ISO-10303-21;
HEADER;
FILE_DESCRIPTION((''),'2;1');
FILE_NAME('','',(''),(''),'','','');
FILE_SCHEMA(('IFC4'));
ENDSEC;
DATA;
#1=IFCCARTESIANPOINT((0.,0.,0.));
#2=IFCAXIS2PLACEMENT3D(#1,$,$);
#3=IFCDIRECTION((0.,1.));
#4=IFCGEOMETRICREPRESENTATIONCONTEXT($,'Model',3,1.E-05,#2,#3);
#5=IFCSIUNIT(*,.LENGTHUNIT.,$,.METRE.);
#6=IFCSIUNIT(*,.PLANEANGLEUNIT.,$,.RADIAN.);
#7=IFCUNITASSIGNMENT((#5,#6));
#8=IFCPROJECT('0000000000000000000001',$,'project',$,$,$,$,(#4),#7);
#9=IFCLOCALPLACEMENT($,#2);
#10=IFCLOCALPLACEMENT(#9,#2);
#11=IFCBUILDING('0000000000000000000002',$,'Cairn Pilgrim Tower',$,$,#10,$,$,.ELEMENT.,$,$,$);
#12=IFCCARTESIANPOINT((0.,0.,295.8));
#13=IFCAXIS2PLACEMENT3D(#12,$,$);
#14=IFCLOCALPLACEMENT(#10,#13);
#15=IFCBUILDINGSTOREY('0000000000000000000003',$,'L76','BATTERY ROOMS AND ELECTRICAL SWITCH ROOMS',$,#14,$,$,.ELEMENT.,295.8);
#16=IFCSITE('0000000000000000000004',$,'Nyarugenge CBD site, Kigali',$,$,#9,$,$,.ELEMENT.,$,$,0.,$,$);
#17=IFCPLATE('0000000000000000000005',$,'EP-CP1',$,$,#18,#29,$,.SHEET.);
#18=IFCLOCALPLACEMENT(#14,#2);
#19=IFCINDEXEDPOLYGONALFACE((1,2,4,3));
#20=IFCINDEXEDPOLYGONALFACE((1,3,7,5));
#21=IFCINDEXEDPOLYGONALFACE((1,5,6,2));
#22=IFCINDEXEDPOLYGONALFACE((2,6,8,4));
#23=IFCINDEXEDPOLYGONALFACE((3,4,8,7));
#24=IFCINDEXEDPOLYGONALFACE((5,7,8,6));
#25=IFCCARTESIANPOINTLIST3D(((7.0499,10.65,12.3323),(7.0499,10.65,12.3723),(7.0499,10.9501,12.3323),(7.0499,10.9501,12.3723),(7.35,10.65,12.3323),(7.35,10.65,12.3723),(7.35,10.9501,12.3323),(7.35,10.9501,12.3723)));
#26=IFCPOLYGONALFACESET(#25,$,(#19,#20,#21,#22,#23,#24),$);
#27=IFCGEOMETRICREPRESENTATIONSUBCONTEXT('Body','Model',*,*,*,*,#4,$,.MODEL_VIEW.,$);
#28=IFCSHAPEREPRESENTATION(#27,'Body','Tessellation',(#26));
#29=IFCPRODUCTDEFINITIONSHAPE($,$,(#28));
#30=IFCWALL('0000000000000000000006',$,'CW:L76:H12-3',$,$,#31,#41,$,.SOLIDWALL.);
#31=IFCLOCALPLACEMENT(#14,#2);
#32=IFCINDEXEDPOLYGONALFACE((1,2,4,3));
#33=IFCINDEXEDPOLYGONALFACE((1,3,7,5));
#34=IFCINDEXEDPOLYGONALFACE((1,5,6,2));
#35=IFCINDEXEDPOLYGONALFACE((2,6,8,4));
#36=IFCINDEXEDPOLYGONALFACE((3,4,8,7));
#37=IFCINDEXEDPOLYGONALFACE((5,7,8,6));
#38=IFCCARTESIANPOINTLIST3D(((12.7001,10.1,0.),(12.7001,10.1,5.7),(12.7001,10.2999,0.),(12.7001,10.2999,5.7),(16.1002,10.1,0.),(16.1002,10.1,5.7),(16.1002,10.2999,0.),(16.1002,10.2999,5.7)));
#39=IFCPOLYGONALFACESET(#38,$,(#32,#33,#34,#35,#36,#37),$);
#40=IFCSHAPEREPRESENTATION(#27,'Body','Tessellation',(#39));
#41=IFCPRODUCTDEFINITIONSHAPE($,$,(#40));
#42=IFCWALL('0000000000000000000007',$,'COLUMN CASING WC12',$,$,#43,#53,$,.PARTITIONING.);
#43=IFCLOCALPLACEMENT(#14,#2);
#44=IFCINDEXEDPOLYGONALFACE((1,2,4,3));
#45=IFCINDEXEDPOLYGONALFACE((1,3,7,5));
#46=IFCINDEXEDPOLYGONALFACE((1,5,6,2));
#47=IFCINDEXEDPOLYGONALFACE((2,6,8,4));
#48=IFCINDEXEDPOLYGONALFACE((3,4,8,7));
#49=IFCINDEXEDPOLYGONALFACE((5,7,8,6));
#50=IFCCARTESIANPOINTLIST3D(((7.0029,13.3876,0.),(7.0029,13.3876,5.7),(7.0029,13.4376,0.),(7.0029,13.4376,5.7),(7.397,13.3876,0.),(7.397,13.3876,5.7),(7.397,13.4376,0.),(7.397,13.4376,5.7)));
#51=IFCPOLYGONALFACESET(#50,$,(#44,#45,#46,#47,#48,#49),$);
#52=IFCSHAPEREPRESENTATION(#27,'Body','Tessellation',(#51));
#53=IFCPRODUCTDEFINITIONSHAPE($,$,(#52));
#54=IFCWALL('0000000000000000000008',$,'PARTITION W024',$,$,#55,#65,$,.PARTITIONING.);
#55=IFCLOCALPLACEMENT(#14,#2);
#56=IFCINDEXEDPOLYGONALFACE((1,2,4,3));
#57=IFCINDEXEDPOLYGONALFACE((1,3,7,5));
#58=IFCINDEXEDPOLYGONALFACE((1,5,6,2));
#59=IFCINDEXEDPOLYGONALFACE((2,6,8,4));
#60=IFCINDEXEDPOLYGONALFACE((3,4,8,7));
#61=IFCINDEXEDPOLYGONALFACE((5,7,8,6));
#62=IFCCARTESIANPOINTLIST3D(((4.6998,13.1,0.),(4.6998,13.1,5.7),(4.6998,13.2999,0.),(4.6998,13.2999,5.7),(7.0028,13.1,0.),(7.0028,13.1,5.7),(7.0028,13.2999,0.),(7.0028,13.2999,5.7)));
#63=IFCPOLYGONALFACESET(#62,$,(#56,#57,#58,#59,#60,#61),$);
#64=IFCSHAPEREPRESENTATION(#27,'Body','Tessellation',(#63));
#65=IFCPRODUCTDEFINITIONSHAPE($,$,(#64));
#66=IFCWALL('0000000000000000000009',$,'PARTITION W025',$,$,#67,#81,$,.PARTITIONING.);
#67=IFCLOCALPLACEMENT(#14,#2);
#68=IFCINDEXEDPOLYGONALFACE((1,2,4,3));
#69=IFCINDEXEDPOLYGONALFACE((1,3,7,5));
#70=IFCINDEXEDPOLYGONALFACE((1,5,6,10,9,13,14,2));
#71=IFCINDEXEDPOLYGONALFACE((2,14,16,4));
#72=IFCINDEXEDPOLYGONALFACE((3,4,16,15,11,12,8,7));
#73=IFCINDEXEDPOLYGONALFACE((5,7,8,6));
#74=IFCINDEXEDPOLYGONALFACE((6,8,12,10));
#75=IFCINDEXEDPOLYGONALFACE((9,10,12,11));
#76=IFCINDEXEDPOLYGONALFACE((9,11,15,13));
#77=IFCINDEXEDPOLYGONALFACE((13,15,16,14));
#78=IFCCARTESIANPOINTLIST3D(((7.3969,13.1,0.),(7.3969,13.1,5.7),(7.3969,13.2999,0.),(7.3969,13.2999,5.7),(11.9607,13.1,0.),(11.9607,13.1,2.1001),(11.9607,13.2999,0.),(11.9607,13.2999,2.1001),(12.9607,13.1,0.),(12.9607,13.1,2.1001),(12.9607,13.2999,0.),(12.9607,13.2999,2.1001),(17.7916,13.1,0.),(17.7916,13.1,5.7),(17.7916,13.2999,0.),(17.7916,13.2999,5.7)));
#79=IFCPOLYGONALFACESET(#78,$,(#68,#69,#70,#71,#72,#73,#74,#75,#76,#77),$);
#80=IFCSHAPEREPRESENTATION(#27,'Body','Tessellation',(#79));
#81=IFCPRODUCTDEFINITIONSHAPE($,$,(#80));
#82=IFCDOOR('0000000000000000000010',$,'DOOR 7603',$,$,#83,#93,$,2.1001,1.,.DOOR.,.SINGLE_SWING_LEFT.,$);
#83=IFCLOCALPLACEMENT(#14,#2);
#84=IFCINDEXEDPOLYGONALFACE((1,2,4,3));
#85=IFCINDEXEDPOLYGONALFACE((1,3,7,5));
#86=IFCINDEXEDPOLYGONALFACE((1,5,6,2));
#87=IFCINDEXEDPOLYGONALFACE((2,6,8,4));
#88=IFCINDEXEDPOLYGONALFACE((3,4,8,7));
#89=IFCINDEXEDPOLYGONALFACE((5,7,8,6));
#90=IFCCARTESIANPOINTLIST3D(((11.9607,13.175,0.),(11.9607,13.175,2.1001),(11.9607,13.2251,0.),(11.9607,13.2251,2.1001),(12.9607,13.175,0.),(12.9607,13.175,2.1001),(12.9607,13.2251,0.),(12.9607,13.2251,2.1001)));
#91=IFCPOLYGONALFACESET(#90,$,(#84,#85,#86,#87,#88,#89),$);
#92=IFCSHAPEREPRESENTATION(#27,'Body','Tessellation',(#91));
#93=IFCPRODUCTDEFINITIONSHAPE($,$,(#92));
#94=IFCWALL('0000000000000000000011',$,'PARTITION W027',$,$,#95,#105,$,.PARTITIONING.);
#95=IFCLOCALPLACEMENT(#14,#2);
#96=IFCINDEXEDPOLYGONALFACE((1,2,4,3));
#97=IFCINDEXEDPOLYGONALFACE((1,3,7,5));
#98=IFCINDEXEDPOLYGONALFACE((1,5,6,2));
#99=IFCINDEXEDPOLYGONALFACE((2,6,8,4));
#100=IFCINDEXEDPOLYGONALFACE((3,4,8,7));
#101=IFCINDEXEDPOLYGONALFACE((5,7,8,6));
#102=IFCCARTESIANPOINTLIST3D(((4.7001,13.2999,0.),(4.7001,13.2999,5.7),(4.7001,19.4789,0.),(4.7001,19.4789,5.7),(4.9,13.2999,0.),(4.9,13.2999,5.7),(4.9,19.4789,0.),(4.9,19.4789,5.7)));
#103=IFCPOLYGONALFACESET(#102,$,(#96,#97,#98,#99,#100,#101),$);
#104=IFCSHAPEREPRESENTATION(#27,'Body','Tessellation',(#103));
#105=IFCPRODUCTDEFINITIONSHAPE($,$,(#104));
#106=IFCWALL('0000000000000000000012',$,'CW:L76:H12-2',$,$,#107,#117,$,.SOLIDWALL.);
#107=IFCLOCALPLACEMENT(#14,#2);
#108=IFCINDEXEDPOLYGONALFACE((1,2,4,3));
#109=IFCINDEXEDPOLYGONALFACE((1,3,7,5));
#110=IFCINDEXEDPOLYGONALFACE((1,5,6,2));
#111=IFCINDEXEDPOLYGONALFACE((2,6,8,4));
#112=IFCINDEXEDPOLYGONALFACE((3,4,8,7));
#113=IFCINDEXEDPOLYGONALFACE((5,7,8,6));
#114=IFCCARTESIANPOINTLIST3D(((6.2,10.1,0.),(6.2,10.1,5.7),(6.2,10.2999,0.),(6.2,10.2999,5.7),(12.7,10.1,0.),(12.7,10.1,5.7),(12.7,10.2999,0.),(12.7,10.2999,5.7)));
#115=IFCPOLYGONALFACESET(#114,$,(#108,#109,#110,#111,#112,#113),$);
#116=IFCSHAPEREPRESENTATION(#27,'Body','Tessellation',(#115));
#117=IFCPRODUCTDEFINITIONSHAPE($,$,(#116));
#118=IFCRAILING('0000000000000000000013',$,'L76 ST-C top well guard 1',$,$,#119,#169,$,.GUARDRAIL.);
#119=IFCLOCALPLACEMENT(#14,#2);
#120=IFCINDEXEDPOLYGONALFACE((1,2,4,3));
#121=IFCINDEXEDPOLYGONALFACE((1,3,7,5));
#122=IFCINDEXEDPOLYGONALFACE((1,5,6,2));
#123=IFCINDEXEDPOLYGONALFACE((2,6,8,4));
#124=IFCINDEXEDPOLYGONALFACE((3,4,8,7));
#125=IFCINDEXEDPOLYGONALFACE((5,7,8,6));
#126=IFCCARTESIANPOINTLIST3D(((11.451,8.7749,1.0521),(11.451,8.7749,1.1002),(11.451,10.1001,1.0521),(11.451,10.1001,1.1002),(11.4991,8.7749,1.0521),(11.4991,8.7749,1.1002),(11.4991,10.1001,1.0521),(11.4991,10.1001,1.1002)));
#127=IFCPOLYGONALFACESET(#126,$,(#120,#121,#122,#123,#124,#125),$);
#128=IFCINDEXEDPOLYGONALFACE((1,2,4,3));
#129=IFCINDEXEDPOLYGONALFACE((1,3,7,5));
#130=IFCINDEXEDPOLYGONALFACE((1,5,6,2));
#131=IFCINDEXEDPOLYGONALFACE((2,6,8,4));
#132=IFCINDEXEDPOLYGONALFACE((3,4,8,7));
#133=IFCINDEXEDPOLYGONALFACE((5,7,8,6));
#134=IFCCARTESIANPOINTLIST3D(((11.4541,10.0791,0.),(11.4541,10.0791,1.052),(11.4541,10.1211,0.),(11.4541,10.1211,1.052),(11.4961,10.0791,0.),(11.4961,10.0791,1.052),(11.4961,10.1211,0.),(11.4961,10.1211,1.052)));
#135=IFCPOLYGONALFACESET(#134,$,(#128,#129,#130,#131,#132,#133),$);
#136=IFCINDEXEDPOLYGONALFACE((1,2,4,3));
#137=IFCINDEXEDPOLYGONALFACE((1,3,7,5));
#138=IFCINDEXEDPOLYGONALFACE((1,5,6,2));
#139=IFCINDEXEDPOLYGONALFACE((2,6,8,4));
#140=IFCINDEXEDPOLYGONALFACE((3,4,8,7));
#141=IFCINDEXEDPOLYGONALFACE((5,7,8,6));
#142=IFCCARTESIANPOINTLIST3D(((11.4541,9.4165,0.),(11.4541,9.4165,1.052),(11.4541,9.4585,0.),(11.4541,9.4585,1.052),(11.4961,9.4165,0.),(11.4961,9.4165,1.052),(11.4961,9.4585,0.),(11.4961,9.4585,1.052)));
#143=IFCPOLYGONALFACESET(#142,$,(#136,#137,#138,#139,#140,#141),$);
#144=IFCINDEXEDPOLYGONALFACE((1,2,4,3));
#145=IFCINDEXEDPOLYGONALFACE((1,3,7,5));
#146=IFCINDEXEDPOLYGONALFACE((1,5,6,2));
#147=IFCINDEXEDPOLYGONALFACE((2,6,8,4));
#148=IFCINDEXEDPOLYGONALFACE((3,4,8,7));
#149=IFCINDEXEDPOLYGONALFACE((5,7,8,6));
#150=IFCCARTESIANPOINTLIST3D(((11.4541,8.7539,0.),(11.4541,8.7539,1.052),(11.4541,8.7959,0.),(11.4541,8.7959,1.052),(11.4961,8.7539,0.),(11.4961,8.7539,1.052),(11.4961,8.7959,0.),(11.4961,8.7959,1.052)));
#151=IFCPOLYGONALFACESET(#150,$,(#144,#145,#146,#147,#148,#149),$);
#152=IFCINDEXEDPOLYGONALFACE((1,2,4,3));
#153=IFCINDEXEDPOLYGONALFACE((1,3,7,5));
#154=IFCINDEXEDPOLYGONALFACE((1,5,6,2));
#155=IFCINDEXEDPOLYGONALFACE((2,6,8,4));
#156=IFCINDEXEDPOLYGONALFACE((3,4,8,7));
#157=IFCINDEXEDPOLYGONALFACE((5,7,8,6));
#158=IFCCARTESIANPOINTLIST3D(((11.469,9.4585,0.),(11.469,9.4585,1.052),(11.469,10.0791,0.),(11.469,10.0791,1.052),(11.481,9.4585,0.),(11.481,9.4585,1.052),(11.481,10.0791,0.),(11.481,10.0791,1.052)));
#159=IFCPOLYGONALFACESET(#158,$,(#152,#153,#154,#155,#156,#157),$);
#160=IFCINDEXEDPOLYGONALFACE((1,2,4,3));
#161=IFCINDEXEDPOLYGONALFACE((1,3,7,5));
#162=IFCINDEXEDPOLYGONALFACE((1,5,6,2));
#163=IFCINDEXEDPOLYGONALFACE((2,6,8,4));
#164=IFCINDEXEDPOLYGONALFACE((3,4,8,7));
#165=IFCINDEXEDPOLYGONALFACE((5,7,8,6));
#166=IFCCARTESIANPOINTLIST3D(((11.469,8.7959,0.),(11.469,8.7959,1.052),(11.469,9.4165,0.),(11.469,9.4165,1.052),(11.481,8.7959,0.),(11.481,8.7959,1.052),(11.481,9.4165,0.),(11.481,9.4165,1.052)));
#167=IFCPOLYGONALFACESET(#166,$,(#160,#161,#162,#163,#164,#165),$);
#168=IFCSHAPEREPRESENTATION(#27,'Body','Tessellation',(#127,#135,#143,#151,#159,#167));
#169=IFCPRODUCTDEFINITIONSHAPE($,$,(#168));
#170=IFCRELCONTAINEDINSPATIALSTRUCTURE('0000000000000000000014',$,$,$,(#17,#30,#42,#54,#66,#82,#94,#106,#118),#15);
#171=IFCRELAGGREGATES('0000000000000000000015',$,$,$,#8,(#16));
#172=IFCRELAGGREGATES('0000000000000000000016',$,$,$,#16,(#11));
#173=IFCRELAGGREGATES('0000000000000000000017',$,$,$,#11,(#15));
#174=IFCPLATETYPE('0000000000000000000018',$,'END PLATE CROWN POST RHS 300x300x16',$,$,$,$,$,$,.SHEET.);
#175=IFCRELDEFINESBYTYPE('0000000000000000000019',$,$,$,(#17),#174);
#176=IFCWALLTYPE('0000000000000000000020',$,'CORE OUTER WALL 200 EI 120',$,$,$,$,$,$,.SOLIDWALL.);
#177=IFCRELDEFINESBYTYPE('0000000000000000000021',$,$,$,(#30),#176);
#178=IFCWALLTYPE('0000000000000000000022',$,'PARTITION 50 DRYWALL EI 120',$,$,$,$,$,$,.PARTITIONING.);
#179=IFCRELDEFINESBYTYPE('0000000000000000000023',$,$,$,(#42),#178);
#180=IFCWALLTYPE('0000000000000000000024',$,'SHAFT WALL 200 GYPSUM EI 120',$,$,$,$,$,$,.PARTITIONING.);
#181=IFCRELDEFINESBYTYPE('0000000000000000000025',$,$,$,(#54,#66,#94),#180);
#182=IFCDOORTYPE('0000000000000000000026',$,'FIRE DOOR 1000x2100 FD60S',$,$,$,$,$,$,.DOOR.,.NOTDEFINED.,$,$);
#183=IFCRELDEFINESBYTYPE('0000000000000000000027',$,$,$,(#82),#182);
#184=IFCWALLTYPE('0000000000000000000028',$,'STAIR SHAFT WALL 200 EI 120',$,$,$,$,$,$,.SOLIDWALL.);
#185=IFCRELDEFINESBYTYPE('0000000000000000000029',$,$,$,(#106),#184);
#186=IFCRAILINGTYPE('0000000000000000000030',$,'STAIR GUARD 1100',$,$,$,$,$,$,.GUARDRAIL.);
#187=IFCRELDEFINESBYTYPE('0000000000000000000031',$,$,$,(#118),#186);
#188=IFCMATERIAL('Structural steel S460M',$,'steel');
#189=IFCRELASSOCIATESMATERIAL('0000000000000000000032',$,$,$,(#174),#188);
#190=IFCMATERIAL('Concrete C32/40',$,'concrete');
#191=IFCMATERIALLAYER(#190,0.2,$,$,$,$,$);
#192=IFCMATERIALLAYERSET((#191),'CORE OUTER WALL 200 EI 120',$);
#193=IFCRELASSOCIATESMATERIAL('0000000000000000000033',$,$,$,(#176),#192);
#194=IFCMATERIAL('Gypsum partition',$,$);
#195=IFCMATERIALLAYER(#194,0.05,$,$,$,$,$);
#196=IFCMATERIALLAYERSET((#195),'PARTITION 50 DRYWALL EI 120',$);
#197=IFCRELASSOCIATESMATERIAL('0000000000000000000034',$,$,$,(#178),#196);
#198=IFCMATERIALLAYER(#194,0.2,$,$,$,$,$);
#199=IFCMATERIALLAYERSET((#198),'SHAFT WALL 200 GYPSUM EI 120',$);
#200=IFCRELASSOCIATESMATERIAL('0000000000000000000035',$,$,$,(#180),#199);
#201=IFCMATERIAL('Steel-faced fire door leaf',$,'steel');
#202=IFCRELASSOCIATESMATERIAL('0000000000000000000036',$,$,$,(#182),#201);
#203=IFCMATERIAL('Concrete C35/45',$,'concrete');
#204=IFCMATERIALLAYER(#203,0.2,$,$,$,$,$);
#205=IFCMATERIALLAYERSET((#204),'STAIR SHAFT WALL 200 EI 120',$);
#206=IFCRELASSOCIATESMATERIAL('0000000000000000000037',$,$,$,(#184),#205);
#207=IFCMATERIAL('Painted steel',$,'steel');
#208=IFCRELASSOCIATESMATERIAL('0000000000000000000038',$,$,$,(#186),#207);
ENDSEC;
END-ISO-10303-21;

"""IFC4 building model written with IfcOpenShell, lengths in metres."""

from ifc_helpers import new_model, si_unit, direction, frame, frame_2d, origin, origin_2d, place, context, subcontext, project, spatial, polyline, rectangle, outline, extrude, material, layer, layer_set, material_profile, profile_set, type_object, element, fill, save


model = new_model("IFC4")

# Units and contexts
model_context = context("Model", 3, precision=1e-05, world=origin(), true_north=direction((0.0, 1.0)))
body_context = subcontext(model_context, "Body", "Model", "MODEL_VIEW")
ifc_project = project(units=[si_unit("LENGTHUNIT", "METRE"), si_unit("PLANEANGLEUNIT", "RADIAN")], contexts=[model_context])

# Site, building, storey
site_placement = place(None, origin())
site = spatial("IfcSite", under=ifc_project, at=site_placement, Name="Nyarugenge CBD site, Kigali", CompositionType="ELEMENT", RefElevation=0.0)
building_placement = place(site_placement, origin())
building = spatial("IfcBuilding", under=site, at=building_placement, Name="Cairn Pilgrim Tower", CompositionType="ELEMENT")
storey_placement = place(building_placement, frame((0.0, 0.0, 295.8)))
storey = spatial("IfcBuildingStorey", under=building, at=storey_placement, Name="L76", Description="BATTERY ROOMS AND ELECTRICAL SWITCH ROOMS", CompositionType="ELEMENT", Elevation=295.8)

# Shared definitions
ifc_material_1 = material(Name="Structural steel S460M", Category="steel")

# Plate
ifc_material_profile_1 = material_profile(ifc_material_1, rectangle(XDim=0.3, YDim=0.3, at=origin_2d()), Name="END PLATE CROWN POST RHS 300x300x16")
ifc_profile_set_1 = profile_set([ifc_material_profile_1], Name="Structural steel S460M")
plate_type = type_object("IfcPlateType", Name="END PLATE CROWN POST RHS 300x300x16", PredefinedType="SHEET", material=ifc_profile_set_1)
plate_placement = place(storey_placement, frame((7.2, 10.8, 12.3323), z_axis=(0.0, 0.0, 1.0), x_axis=(1.0, 0.0, 0.0)))
element("IfcPlate", 1, at=plate_placement, inside=storey, type_object=plate_type, Name="EP-CP1", PredefinedType="SHEET", context=body_context, shape_type="SweptSolid", body=[
    extrude(rectangle(XDim=0.3, YDim=0.3, at=origin_2d()), origin(), (0.0, 0.0, 1.0), 0.04),
])

# Walls
ifc_material_2 = material(Name="Concrete C32/40", Category="concrete")
ifc_layer_1 = layer(ifc_material_2, 0.2)
ifc_layer_set_1 = layer_set([ifc_layer_1], Name="CORE OUTER WALL 200 EI 120")
wall_type_1 = type_object("IfcWallType", Name="CORE OUTER WALL 200 EI 120", PredefinedType="SOLIDWALL", material=ifc_layer_set_1)
wall_1_placement = place(storey_placement, frame((12.7, 10.2, 0.0), z_axis=(0.0, 0.0, 1.0), x_axis=(1.0, 0.0, 0.0)))
element("IfcWall", 2, at=wall_1_placement, inside=storey, type_object=wall_type_1, Name="CW:L76:H12-3", PredefinedType="SOLIDWALL", context=body_context, shape_type="SweptSolid", body=[
    extrude(rectangle(XDim=3.4001, YDim=0.2, at=frame_2d((1.7002, 0.0))), origin(), (0.0, 0.0, 1.0), 5.7),
])
ifc_material_3 = material(Name="Gypsum partition")
ifc_layer_2 = layer(ifc_material_3, 0.05)
ifc_layer_set_2 = layer_set([ifc_layer_2], Name="PARTITION 50 DRYWALL EI 120")
wall_type_2 = type_object("IfcWallType", Name="PARTITION 50 DRYWALL EI 120", PredefinedType="PARTITIONING", material=ifc_layer_set_2)
wall_2_placement = place(storey_placement, frame((7.0029, 13.4126, 0.0), z_axis=(0.0, 0.0, 1.0), x_axis=(1.0, 0.0, 0.0)))
element("IfcWall", 3, at=wall_2_placement, inside=storey, type_object=wall_type_2, Name="COLUMN CASING WC12", PredefinedType="PARTITIONING", context=body_context, shape_type="SweptSolid", body=[
    extrude(rectangle(XDim=0.394, YDim=0.05, at=frame_2d((0.197, 0.0))), origin(), (0.0, 0.0, 1.0), 5.7),
])
ifc_layer_3 = layer(ifc_material_3, 0.2)
ifc_layer_set_3 = layer_set([ifc_layer_3], Name="SHAFT WALL 200 GYPSUM EI 120")
wall_type_3 = type_object("IfcWallType", Name="SHAFT WALL 200 GYPSUM EI 120", PredefinedType="PARTITIONING", material=ifc_layer_set_3)
wall_3_placement = place(storey_placement, frame((4.7, 13.2, 0.0), z_axis=(0.0, 0.0, 1.0), x_axis=(1.0, 0.0, 0.0)))
element("IfcWall", 4, at=wall_3_placement, inside=storey, type_object=wall_type_3, Name="PARTITION W024", PredefinedType="PARTITIONING", context=body_context, shape_type="SweptSolid", body=[
    extrude(rectangle(XDim=2.303, YDim=0.2, at=frame_2d((1.1514, 0.0))), origin(), (0.0, 0.0, 1.0), 5.7),
])

# Wall, opening, door
wall_4_placement = place(storey_placement, frame((7.397, 13.2, 0.0), z_axis=(0.0, 0.0, 1.0), x_axis=(1.0, 0.0, 0.0)))
wall_4 = element("IfcWall", 5, at=wall_4_placement, inside=storey, type_object=wall_type_3, Name="PARTITION W025", PredefinedType="PARTITIONING", context=body_context, shape_type="SweptSolid", body=[
    extrude(rectangle(XDim=10.3948, YDim=0.2, at=frame_2d((5.1973, 0.0))), origin(), (0.0, 0.0, 1.0), 5.7),
])
opening_placement = place(wall_4_placement, frame((4.5637, 0.0, 0.0)))
opening = element("IfcOpeningElement", 6, at=opening_placement, cuts=wall_4, PredefinedType="OPENING", context=body_context, shape_type="SweptSolid", body=[
    extrude(rectangle(XDim=1.0, YDim=2.1001, at=frame_2d((0.5, 1.05))), frame((0.0, 0.1099, 0.0), z_axis=(0.0, -1.0, 0.0), x_axis=(1.0, 0.0, 0.0)), (0.0, 0.0, 1.0), 0.22),
])
ifc_material_4 = material(Name="Steel-faced fire door leaf", Category="steel")
door_type = type_object("IfcDoorType", Name="FIRE DOOR 1000x2100 FD60S", OperationType="NOTDEFINED", PredefinedType="DOOR", material=ifc_material_4)
door_placement = place(opening_placement, frame((1.0, 0.0, 0.0), z_axis=(0.0, 0.0, 1.0), x_axis=(-1.0, 0.0, 0.0)))
door = element("IfcDoor", 7, at=door_placement, inside=storey, type_object=door_type, Name="DOOR 7603", OperationType="SINGLE_SWING_LEFT", OverallHeight=2.1001, OverallWidth=1.0, PredefinedType="DOOR", context=body_context, shape_type="SweptSolid", body=[
    extrude(rectangle(XDim=1.0, YDim=2.1001, at=frame_2d((0.5, 1.05))), frame((0.0, 0.0249, 0.0), z_axis=(0.0, -1.0, 0.0), x_axis=(1.0, 0.0, 0.0)), (0.0, 0.0, 1.0), 0.05),
])
fill(opening, door)

# Walls
wall_5_placement = place(storey_placement, frame((4.8, 13.3, 0.0), z_axis=(0.0, 0.0, 1.0), x_axis=(0.0, 1.0, 0.0)))
element("IfcWall", 8, at=wall_5_placement, inside=storey, type_object=wall_type_3, Name="PARTITION W027", PredefinedType="PARTITIONING", context=body_context, shape_type="SweptSolid", body=[
    extrude(rectangle(XDim=6.179, YDim=0.2, at=frame_2d((3.0894, 0.0))), origin(), (0.0, 0.0, 1.0), 5.7),
])
ifc_material_5 = material(Name="Concrete C35/45", Category="concrete")
ifc_layer_4 = layer(ifc_material_5, 0.2)
ifc_layer_set_4 = layer_set([ifc_layer_4], Name="STAIR SHAFT WALL 200 EI 120")
wall_type_4 = type_object("IfcWallType", Name="STAIR SHAFT WALL 200 EI 120", PredefinedType="SOLIDWALL", material=ifc_layer_set_4)
wall_6_placement = place(storey_placement, frame((6.2, 10.2, 0.0), z_axis=(0.0, 0.0, 1.0), x_axis=(1.0, 0.0, 0.0)))
element("IfcWall", 9, at=wall_6_placement, inside=storey, type_object=wall_type_4, Name="CW:L76:H12-2", PredefinedType="SOLIDWALL", context=body_context, shape_type="SweptSolid", body=[
    extrude(rectangle(XDim=6.5, YDim=0.2, at=frame_2d((3.25, 0.0))), origin(), (0.0, 0.0, 1.0), 5.7),
])

# Railing
ifc_material_6 = material(Name="Painted steel", Category="steel")
railing_type = type_object("IfcRailingType", Name="STAIR GUARD 1100", PredefinedType="GUARDRAIL", material=ifc_material_6)
railing_placement = place(storey_placement, frame((11.4751, 10.1001, 0.0)))
element("IfcRailing", 10, at=railing_placement, inside=storey, type_object=railing_type, Name="L76 ST-C top well guard 1", PredefinedType="GUARDRAIL", context=body_context, shape_type="SweptSolid", body=[
    extrude(rectangle(XDim=0.0481, YDim=0.0481, at=origin_2d()), frame((0.0, 0.0, 1.0762), z_axis=(0.0, -1.0, 0.0), x_axis=(1.0, 0.0, 0.0)), (0.0, 0.0, 1.0), 1.3252),
    extrude(rectangle(XDim=0.042, YDim=0.042, at=origin_2d()), origin(), (0.0, 0.0, 1.0), 1.052),
    extrude(rectangle(XDim=0.042, YDim=0.042, at=origin_2d()), frame((0.0, -0.6626, 0.0)), (0.0, 0.0, 1.0), 1.052),
    extrude(rectangle(XDim=0.042, YDim=0.042, at=origin_2d()), frame((0.0, -1.3252, 0.0)), (0.0, 0.0, 1.0), 1.052),
    extrude(outline(polyline([(0.021, 0.0), (0.6416, 0.0), (0.6416, 1.052), (0.021, 1.052), (0.021, 0.0)])), frame((0.0059, 0.0, 0.0), z_axis=(-1.0, 0.0, 0.0), x_axis=(0.0, -1.0, 0.0)), (0.0, 0.0, 1.0), 0.012),
    extrude(outline(polyline([(0.021, 0.0), (0.6416, 0.0), (0.6416, 1.052), (0.021, 1.052), (0.021, 0.0)])), frame((0.0059, -0.6626, 0.0), z_axis=(-1.0, 0.0, 0.0), x_axis=(0.0, -1.0, 0.0)), (0.0, 0.0, 1.0), 0.012),
])

save(model, "model.ifc")
